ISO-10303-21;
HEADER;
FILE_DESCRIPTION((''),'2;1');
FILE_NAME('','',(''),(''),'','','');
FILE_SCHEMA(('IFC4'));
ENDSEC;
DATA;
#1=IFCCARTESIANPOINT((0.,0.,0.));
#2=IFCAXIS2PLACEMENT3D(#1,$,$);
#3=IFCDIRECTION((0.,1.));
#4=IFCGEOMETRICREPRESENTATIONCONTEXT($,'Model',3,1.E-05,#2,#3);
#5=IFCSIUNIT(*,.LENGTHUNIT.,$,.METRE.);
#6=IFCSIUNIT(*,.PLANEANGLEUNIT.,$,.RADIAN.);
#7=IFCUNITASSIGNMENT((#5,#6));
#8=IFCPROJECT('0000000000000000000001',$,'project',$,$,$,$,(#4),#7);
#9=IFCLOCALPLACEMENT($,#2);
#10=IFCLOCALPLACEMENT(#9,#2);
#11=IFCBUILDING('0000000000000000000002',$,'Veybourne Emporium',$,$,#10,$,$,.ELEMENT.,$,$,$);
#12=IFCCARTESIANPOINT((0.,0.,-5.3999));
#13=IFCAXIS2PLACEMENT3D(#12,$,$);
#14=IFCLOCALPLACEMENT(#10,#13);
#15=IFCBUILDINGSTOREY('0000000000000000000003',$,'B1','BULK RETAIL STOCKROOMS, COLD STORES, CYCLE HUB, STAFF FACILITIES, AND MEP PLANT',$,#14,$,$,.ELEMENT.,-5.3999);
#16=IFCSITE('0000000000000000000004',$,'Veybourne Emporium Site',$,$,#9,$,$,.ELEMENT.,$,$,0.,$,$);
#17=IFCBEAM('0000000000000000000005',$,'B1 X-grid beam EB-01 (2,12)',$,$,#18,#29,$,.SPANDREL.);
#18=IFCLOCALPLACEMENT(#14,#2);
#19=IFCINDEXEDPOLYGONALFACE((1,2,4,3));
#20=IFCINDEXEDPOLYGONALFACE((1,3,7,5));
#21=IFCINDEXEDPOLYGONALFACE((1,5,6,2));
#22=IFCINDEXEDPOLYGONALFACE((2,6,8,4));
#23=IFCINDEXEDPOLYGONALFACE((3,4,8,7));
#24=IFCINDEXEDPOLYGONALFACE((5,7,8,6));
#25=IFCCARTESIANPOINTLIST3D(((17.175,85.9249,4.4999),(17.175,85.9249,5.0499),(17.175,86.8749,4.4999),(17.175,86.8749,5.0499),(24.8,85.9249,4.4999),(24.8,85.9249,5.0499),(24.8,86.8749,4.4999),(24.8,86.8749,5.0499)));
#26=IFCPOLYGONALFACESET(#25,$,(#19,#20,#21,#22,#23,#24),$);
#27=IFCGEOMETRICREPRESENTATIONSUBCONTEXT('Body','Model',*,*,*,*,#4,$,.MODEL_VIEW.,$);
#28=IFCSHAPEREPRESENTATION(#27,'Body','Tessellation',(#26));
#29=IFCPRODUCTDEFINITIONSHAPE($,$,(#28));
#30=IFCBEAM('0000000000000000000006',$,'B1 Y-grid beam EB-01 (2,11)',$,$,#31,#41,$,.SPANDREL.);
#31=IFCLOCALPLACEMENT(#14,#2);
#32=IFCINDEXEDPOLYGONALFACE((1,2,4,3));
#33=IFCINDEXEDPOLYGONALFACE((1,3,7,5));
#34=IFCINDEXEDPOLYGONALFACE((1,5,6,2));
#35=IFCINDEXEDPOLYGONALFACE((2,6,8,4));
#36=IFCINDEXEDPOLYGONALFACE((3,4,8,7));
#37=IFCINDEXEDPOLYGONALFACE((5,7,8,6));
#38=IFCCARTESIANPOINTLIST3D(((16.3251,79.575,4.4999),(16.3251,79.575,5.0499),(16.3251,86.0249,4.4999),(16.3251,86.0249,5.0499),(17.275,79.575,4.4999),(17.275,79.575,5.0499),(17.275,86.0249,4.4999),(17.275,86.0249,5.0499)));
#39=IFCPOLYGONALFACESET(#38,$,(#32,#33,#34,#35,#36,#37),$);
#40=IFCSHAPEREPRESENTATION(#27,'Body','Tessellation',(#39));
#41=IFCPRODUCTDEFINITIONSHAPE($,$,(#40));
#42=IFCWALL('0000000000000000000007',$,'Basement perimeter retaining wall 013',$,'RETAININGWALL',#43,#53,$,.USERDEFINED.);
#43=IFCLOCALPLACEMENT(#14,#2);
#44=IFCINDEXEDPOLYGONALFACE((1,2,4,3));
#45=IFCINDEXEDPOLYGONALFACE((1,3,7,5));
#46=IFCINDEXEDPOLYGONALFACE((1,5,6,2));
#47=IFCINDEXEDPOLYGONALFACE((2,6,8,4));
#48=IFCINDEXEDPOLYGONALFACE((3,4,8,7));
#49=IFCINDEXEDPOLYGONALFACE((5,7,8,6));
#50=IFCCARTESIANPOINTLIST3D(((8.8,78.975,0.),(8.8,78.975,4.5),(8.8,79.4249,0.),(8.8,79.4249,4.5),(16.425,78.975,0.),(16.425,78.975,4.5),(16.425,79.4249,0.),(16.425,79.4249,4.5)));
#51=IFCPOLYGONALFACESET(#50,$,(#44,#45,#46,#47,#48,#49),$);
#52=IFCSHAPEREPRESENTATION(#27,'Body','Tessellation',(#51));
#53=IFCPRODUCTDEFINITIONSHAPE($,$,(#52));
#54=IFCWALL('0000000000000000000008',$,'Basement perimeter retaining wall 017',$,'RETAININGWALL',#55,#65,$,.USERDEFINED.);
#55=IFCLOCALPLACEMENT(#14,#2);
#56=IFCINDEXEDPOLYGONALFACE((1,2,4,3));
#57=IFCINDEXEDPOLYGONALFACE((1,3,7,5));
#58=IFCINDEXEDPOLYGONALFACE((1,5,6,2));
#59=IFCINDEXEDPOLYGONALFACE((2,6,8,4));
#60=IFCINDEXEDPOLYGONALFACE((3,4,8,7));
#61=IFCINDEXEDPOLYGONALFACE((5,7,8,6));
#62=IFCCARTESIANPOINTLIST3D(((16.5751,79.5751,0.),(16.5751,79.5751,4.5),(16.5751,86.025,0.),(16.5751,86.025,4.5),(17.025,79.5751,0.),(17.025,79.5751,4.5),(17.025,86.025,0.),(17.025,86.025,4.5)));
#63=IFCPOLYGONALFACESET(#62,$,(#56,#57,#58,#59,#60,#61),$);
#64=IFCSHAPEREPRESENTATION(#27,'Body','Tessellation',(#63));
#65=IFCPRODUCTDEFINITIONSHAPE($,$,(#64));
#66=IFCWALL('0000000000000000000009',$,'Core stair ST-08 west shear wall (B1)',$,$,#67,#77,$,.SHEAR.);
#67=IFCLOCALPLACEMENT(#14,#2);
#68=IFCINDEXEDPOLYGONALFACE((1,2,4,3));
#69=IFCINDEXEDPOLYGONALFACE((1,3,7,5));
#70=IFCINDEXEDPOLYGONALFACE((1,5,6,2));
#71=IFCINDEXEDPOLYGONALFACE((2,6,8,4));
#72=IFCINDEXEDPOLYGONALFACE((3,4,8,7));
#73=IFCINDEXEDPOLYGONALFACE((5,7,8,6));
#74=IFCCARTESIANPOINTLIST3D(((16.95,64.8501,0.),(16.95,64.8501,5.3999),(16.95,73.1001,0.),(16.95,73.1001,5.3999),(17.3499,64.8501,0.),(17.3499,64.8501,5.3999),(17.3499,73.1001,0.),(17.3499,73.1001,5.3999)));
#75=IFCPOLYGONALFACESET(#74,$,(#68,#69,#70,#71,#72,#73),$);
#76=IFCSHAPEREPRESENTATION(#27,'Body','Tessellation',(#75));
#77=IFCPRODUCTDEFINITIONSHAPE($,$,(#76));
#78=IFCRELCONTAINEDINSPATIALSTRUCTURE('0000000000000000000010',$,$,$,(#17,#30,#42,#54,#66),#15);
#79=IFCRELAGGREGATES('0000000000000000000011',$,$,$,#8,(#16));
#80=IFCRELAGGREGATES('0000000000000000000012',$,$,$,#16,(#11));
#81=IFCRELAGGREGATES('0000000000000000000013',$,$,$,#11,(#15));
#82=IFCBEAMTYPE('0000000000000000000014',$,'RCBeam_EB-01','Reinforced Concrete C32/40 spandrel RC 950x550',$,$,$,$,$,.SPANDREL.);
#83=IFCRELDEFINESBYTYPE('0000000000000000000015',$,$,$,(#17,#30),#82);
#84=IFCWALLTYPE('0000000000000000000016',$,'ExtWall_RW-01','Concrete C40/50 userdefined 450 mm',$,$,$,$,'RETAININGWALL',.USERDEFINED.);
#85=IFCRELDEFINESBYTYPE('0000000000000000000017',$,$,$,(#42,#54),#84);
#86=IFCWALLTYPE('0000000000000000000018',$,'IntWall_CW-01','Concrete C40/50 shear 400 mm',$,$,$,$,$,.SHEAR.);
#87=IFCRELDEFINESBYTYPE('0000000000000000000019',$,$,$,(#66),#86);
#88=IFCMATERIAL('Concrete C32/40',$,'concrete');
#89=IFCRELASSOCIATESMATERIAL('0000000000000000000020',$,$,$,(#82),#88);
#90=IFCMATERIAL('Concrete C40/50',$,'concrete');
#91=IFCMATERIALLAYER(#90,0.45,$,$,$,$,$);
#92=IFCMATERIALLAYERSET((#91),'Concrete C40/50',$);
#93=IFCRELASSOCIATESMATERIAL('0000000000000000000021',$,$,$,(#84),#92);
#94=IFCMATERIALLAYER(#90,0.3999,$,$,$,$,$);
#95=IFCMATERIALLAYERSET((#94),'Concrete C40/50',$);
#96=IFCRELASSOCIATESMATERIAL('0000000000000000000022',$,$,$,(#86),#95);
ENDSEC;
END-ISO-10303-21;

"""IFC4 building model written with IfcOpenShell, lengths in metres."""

from ifc_helpers import new_model, si_unit, direction, frame, frame_2d, origin, origin_2d, place, context, subcontext, project, spatial, rectangle, extrude, material, layer, layer_set, material_profile, profile_set, type_object, element, save


model = new_model("IFC4")

# Units and contexts
model_context = context("Model", 3, precision=1e-05, world=origin(), true_north=direction((0.0, 1.0)))
body_context = subcontext(model_context, "Body", "Model", "MODEL_VIEW")
ifc_project = project(units=[si_unit("LENGTHUNIT", "METRE"), si_unit("PLANEANGLEUNIT", "RADIAN")], contexts=[model_context])

# Site, building, storey
site_placement = place(None, origin())
site = spatial("IfcSite", under=ifc_project, at=site_placement, Name="Veybourne Emporium Site", CompositionType="ELEMENT", RefElevation=0.0)
building_placement = place(site_placement, origin())
building = spatial("IfcBuilding", under=site, at=building_placement, Name="Veybourne Emporium", CompositionType="ELEMENT")
storey_placement = place(building_placement, frame((0.0, 0.0, -5.3999)))
storey = spatial("IfcBuildingStorey", under=building, at=storey_placement, Name="B1", Description="BULK RETAIL STOCKROOMS, COLD STORES, CYCLE HUB, STAFF FACILITIES, AND MEP PLANT", CompositionType="ELEMENT", Elevation=-5.3999)

# Shared definitions
ifc_material_1 = material(Name="Concrete C40/50", Category="concrete")

# Beams
ifc_material_2 = material(Name="Concrete C32/40", Category="concrete")
ifc_material_profile_1 = material_profile(ifc_material_2, rectangle(XDim=0.95, YDim=0.55, at=origin_2d()), Name="RC 950x550")
ifc_profile_set_1 = profile_set([ifc_material_profile_1], Name="Concrete C32/40")
beam_type_1 = type_object("IfcBeamType", Name="RCBeam_EB-01", Description="Reinforced Concrete C32/40 spandrel RC 950x550", PredefinedType="SPANDREL", material=ifc_profile_set_1)
beam_1_placement = place(storey_placement, frame((17.175, 86.3999, 4.7749), z_axis=(1.0, 0.0, 0.0), x_axis=(0.0, 1.0, 0.0)))
element("IfcBeam", 1, at=beam_1_placement, inside=storey, type_object=beam_type_1, Name="B1 X-grid beam EB-01 (2,12)", PredefinedType="SPANDREL", context=body_context, shape_type="SweptSolid", body=[
    extrude(rectangle(XDim=0.95, YDim=0.55, at=origin_2d()), origin(), (0.0, 0.0, 1.0), 7.625),
])
beam_2_placement = place(storey_placement, frame((16.8, 79.575, 4.7749), z_axis=(0.0, 1.0, 0.0), x_axis=(-1.0, 0.0, 0.0)))
element("IfcBeam", 2, at=beam_2_placement, inside=storey, type_object=beam_type_1, Name="B1 Y-grid beam EB-01 (2,11)", PredefinedType="SPANDREL", context=body_context, shape_type="SweptSolid", body=[
    extrude(rectangle(XDim=0.95, YDim=0.55, at=origin_2d()), origin(), (0.0, 0.0, 1.0), 6.45),
])

# Walls
ifc_layer_1 = layer(ifc_material_1, 0.45)
ifc_layer_set_1 = layer_set([ifc_layer_1], Name="Concrete C40/50")
wall_type_1 = type_object("IfcWallType", Name="ExtWall_RW-01", Description="Concrete C40/50 userdefined 450 mm", ElementType="RETAININGWALL", PredefinedType="USERDEFINED", material=ifc_layer_set_1)
wall_1_placement = place(storey_placement, frame((8.8, 79.2, 0.0), z_axis=(0.0, 0.0, 1.0), x_axis=(1.0, 0.0, 0.0)))
element("IfcWall", 3, at=wall_1_placement, inside=storey, type_object=wall_type_1, Name="Basement perimeter retaining wall 013", ObjectType="RETAININGWALL", PredefinedType="USERDEFINED", context=body_context, shape_type="SweptSolid", body=[
    extrude(rectangle(XDim=7.625, YDim=0.45, at=frame_2d((3.8125, 0.0))), origin(), (0.0, 0.0, 1.0), 4.5),
])
wall_2_placement = place(storey_placement, frame((16.8, 79.575, 0.0), z_axis=(0.0, 0.0, 1.0), x_axis=(0.0, 1.0, 0.0)))
element("IfcWall", 4, at=wall_2_placement, inside=storey, type_object=wall_type_1, Name="Basement perimeter retaining wall 017", ObjectType="RETAININGWALL", PredefinedType="USERDEFINED", context=body_context, shape_type="SweptSolid", body=[
    extrude(rectangle(XDim=6.45, YDim=0.45, at=frame_2d((3.2251, 0.0))), origin(), (0.0, 0.0, 1.0), 4.5),
])
ifc_layer_2 = layer(ifc_material_1, 0.3999)
ifc_layer_set_2 = layer_set([ifc_layer_2], Name="Concrete C40/50")
wall_type_2 = type_object("IfcWallType", Name="IntWall_CW-01", Description="Concrete C40/50 shear 400 mm", PredefinedType="SHEAR", material=ifc_layer_set_2)
wall_3_placement = place(storey_placement, frame((17.1499, 73.1001, 0.0), z_axis=(0.0, 0.0, 1.0), x_axis=(0.0, -1.0, 0.0)))
element("IfcWall", 5, at=wall_3_placement, inside=storey, type_object=wall_type_2, Name="Core stair ST-08 west shear wall (B1)", PredefinedType="SHEAR", context=body_context, shape_type="SweptSolid", body=[
    extrude(rectangle(XDim=8.25, YDim=0.3999, at=frame_2d((4.125, 0.0))), origin(), (0.0, 0.0, 1.0), 5.3999),
])

save(model, "model.ifc")
